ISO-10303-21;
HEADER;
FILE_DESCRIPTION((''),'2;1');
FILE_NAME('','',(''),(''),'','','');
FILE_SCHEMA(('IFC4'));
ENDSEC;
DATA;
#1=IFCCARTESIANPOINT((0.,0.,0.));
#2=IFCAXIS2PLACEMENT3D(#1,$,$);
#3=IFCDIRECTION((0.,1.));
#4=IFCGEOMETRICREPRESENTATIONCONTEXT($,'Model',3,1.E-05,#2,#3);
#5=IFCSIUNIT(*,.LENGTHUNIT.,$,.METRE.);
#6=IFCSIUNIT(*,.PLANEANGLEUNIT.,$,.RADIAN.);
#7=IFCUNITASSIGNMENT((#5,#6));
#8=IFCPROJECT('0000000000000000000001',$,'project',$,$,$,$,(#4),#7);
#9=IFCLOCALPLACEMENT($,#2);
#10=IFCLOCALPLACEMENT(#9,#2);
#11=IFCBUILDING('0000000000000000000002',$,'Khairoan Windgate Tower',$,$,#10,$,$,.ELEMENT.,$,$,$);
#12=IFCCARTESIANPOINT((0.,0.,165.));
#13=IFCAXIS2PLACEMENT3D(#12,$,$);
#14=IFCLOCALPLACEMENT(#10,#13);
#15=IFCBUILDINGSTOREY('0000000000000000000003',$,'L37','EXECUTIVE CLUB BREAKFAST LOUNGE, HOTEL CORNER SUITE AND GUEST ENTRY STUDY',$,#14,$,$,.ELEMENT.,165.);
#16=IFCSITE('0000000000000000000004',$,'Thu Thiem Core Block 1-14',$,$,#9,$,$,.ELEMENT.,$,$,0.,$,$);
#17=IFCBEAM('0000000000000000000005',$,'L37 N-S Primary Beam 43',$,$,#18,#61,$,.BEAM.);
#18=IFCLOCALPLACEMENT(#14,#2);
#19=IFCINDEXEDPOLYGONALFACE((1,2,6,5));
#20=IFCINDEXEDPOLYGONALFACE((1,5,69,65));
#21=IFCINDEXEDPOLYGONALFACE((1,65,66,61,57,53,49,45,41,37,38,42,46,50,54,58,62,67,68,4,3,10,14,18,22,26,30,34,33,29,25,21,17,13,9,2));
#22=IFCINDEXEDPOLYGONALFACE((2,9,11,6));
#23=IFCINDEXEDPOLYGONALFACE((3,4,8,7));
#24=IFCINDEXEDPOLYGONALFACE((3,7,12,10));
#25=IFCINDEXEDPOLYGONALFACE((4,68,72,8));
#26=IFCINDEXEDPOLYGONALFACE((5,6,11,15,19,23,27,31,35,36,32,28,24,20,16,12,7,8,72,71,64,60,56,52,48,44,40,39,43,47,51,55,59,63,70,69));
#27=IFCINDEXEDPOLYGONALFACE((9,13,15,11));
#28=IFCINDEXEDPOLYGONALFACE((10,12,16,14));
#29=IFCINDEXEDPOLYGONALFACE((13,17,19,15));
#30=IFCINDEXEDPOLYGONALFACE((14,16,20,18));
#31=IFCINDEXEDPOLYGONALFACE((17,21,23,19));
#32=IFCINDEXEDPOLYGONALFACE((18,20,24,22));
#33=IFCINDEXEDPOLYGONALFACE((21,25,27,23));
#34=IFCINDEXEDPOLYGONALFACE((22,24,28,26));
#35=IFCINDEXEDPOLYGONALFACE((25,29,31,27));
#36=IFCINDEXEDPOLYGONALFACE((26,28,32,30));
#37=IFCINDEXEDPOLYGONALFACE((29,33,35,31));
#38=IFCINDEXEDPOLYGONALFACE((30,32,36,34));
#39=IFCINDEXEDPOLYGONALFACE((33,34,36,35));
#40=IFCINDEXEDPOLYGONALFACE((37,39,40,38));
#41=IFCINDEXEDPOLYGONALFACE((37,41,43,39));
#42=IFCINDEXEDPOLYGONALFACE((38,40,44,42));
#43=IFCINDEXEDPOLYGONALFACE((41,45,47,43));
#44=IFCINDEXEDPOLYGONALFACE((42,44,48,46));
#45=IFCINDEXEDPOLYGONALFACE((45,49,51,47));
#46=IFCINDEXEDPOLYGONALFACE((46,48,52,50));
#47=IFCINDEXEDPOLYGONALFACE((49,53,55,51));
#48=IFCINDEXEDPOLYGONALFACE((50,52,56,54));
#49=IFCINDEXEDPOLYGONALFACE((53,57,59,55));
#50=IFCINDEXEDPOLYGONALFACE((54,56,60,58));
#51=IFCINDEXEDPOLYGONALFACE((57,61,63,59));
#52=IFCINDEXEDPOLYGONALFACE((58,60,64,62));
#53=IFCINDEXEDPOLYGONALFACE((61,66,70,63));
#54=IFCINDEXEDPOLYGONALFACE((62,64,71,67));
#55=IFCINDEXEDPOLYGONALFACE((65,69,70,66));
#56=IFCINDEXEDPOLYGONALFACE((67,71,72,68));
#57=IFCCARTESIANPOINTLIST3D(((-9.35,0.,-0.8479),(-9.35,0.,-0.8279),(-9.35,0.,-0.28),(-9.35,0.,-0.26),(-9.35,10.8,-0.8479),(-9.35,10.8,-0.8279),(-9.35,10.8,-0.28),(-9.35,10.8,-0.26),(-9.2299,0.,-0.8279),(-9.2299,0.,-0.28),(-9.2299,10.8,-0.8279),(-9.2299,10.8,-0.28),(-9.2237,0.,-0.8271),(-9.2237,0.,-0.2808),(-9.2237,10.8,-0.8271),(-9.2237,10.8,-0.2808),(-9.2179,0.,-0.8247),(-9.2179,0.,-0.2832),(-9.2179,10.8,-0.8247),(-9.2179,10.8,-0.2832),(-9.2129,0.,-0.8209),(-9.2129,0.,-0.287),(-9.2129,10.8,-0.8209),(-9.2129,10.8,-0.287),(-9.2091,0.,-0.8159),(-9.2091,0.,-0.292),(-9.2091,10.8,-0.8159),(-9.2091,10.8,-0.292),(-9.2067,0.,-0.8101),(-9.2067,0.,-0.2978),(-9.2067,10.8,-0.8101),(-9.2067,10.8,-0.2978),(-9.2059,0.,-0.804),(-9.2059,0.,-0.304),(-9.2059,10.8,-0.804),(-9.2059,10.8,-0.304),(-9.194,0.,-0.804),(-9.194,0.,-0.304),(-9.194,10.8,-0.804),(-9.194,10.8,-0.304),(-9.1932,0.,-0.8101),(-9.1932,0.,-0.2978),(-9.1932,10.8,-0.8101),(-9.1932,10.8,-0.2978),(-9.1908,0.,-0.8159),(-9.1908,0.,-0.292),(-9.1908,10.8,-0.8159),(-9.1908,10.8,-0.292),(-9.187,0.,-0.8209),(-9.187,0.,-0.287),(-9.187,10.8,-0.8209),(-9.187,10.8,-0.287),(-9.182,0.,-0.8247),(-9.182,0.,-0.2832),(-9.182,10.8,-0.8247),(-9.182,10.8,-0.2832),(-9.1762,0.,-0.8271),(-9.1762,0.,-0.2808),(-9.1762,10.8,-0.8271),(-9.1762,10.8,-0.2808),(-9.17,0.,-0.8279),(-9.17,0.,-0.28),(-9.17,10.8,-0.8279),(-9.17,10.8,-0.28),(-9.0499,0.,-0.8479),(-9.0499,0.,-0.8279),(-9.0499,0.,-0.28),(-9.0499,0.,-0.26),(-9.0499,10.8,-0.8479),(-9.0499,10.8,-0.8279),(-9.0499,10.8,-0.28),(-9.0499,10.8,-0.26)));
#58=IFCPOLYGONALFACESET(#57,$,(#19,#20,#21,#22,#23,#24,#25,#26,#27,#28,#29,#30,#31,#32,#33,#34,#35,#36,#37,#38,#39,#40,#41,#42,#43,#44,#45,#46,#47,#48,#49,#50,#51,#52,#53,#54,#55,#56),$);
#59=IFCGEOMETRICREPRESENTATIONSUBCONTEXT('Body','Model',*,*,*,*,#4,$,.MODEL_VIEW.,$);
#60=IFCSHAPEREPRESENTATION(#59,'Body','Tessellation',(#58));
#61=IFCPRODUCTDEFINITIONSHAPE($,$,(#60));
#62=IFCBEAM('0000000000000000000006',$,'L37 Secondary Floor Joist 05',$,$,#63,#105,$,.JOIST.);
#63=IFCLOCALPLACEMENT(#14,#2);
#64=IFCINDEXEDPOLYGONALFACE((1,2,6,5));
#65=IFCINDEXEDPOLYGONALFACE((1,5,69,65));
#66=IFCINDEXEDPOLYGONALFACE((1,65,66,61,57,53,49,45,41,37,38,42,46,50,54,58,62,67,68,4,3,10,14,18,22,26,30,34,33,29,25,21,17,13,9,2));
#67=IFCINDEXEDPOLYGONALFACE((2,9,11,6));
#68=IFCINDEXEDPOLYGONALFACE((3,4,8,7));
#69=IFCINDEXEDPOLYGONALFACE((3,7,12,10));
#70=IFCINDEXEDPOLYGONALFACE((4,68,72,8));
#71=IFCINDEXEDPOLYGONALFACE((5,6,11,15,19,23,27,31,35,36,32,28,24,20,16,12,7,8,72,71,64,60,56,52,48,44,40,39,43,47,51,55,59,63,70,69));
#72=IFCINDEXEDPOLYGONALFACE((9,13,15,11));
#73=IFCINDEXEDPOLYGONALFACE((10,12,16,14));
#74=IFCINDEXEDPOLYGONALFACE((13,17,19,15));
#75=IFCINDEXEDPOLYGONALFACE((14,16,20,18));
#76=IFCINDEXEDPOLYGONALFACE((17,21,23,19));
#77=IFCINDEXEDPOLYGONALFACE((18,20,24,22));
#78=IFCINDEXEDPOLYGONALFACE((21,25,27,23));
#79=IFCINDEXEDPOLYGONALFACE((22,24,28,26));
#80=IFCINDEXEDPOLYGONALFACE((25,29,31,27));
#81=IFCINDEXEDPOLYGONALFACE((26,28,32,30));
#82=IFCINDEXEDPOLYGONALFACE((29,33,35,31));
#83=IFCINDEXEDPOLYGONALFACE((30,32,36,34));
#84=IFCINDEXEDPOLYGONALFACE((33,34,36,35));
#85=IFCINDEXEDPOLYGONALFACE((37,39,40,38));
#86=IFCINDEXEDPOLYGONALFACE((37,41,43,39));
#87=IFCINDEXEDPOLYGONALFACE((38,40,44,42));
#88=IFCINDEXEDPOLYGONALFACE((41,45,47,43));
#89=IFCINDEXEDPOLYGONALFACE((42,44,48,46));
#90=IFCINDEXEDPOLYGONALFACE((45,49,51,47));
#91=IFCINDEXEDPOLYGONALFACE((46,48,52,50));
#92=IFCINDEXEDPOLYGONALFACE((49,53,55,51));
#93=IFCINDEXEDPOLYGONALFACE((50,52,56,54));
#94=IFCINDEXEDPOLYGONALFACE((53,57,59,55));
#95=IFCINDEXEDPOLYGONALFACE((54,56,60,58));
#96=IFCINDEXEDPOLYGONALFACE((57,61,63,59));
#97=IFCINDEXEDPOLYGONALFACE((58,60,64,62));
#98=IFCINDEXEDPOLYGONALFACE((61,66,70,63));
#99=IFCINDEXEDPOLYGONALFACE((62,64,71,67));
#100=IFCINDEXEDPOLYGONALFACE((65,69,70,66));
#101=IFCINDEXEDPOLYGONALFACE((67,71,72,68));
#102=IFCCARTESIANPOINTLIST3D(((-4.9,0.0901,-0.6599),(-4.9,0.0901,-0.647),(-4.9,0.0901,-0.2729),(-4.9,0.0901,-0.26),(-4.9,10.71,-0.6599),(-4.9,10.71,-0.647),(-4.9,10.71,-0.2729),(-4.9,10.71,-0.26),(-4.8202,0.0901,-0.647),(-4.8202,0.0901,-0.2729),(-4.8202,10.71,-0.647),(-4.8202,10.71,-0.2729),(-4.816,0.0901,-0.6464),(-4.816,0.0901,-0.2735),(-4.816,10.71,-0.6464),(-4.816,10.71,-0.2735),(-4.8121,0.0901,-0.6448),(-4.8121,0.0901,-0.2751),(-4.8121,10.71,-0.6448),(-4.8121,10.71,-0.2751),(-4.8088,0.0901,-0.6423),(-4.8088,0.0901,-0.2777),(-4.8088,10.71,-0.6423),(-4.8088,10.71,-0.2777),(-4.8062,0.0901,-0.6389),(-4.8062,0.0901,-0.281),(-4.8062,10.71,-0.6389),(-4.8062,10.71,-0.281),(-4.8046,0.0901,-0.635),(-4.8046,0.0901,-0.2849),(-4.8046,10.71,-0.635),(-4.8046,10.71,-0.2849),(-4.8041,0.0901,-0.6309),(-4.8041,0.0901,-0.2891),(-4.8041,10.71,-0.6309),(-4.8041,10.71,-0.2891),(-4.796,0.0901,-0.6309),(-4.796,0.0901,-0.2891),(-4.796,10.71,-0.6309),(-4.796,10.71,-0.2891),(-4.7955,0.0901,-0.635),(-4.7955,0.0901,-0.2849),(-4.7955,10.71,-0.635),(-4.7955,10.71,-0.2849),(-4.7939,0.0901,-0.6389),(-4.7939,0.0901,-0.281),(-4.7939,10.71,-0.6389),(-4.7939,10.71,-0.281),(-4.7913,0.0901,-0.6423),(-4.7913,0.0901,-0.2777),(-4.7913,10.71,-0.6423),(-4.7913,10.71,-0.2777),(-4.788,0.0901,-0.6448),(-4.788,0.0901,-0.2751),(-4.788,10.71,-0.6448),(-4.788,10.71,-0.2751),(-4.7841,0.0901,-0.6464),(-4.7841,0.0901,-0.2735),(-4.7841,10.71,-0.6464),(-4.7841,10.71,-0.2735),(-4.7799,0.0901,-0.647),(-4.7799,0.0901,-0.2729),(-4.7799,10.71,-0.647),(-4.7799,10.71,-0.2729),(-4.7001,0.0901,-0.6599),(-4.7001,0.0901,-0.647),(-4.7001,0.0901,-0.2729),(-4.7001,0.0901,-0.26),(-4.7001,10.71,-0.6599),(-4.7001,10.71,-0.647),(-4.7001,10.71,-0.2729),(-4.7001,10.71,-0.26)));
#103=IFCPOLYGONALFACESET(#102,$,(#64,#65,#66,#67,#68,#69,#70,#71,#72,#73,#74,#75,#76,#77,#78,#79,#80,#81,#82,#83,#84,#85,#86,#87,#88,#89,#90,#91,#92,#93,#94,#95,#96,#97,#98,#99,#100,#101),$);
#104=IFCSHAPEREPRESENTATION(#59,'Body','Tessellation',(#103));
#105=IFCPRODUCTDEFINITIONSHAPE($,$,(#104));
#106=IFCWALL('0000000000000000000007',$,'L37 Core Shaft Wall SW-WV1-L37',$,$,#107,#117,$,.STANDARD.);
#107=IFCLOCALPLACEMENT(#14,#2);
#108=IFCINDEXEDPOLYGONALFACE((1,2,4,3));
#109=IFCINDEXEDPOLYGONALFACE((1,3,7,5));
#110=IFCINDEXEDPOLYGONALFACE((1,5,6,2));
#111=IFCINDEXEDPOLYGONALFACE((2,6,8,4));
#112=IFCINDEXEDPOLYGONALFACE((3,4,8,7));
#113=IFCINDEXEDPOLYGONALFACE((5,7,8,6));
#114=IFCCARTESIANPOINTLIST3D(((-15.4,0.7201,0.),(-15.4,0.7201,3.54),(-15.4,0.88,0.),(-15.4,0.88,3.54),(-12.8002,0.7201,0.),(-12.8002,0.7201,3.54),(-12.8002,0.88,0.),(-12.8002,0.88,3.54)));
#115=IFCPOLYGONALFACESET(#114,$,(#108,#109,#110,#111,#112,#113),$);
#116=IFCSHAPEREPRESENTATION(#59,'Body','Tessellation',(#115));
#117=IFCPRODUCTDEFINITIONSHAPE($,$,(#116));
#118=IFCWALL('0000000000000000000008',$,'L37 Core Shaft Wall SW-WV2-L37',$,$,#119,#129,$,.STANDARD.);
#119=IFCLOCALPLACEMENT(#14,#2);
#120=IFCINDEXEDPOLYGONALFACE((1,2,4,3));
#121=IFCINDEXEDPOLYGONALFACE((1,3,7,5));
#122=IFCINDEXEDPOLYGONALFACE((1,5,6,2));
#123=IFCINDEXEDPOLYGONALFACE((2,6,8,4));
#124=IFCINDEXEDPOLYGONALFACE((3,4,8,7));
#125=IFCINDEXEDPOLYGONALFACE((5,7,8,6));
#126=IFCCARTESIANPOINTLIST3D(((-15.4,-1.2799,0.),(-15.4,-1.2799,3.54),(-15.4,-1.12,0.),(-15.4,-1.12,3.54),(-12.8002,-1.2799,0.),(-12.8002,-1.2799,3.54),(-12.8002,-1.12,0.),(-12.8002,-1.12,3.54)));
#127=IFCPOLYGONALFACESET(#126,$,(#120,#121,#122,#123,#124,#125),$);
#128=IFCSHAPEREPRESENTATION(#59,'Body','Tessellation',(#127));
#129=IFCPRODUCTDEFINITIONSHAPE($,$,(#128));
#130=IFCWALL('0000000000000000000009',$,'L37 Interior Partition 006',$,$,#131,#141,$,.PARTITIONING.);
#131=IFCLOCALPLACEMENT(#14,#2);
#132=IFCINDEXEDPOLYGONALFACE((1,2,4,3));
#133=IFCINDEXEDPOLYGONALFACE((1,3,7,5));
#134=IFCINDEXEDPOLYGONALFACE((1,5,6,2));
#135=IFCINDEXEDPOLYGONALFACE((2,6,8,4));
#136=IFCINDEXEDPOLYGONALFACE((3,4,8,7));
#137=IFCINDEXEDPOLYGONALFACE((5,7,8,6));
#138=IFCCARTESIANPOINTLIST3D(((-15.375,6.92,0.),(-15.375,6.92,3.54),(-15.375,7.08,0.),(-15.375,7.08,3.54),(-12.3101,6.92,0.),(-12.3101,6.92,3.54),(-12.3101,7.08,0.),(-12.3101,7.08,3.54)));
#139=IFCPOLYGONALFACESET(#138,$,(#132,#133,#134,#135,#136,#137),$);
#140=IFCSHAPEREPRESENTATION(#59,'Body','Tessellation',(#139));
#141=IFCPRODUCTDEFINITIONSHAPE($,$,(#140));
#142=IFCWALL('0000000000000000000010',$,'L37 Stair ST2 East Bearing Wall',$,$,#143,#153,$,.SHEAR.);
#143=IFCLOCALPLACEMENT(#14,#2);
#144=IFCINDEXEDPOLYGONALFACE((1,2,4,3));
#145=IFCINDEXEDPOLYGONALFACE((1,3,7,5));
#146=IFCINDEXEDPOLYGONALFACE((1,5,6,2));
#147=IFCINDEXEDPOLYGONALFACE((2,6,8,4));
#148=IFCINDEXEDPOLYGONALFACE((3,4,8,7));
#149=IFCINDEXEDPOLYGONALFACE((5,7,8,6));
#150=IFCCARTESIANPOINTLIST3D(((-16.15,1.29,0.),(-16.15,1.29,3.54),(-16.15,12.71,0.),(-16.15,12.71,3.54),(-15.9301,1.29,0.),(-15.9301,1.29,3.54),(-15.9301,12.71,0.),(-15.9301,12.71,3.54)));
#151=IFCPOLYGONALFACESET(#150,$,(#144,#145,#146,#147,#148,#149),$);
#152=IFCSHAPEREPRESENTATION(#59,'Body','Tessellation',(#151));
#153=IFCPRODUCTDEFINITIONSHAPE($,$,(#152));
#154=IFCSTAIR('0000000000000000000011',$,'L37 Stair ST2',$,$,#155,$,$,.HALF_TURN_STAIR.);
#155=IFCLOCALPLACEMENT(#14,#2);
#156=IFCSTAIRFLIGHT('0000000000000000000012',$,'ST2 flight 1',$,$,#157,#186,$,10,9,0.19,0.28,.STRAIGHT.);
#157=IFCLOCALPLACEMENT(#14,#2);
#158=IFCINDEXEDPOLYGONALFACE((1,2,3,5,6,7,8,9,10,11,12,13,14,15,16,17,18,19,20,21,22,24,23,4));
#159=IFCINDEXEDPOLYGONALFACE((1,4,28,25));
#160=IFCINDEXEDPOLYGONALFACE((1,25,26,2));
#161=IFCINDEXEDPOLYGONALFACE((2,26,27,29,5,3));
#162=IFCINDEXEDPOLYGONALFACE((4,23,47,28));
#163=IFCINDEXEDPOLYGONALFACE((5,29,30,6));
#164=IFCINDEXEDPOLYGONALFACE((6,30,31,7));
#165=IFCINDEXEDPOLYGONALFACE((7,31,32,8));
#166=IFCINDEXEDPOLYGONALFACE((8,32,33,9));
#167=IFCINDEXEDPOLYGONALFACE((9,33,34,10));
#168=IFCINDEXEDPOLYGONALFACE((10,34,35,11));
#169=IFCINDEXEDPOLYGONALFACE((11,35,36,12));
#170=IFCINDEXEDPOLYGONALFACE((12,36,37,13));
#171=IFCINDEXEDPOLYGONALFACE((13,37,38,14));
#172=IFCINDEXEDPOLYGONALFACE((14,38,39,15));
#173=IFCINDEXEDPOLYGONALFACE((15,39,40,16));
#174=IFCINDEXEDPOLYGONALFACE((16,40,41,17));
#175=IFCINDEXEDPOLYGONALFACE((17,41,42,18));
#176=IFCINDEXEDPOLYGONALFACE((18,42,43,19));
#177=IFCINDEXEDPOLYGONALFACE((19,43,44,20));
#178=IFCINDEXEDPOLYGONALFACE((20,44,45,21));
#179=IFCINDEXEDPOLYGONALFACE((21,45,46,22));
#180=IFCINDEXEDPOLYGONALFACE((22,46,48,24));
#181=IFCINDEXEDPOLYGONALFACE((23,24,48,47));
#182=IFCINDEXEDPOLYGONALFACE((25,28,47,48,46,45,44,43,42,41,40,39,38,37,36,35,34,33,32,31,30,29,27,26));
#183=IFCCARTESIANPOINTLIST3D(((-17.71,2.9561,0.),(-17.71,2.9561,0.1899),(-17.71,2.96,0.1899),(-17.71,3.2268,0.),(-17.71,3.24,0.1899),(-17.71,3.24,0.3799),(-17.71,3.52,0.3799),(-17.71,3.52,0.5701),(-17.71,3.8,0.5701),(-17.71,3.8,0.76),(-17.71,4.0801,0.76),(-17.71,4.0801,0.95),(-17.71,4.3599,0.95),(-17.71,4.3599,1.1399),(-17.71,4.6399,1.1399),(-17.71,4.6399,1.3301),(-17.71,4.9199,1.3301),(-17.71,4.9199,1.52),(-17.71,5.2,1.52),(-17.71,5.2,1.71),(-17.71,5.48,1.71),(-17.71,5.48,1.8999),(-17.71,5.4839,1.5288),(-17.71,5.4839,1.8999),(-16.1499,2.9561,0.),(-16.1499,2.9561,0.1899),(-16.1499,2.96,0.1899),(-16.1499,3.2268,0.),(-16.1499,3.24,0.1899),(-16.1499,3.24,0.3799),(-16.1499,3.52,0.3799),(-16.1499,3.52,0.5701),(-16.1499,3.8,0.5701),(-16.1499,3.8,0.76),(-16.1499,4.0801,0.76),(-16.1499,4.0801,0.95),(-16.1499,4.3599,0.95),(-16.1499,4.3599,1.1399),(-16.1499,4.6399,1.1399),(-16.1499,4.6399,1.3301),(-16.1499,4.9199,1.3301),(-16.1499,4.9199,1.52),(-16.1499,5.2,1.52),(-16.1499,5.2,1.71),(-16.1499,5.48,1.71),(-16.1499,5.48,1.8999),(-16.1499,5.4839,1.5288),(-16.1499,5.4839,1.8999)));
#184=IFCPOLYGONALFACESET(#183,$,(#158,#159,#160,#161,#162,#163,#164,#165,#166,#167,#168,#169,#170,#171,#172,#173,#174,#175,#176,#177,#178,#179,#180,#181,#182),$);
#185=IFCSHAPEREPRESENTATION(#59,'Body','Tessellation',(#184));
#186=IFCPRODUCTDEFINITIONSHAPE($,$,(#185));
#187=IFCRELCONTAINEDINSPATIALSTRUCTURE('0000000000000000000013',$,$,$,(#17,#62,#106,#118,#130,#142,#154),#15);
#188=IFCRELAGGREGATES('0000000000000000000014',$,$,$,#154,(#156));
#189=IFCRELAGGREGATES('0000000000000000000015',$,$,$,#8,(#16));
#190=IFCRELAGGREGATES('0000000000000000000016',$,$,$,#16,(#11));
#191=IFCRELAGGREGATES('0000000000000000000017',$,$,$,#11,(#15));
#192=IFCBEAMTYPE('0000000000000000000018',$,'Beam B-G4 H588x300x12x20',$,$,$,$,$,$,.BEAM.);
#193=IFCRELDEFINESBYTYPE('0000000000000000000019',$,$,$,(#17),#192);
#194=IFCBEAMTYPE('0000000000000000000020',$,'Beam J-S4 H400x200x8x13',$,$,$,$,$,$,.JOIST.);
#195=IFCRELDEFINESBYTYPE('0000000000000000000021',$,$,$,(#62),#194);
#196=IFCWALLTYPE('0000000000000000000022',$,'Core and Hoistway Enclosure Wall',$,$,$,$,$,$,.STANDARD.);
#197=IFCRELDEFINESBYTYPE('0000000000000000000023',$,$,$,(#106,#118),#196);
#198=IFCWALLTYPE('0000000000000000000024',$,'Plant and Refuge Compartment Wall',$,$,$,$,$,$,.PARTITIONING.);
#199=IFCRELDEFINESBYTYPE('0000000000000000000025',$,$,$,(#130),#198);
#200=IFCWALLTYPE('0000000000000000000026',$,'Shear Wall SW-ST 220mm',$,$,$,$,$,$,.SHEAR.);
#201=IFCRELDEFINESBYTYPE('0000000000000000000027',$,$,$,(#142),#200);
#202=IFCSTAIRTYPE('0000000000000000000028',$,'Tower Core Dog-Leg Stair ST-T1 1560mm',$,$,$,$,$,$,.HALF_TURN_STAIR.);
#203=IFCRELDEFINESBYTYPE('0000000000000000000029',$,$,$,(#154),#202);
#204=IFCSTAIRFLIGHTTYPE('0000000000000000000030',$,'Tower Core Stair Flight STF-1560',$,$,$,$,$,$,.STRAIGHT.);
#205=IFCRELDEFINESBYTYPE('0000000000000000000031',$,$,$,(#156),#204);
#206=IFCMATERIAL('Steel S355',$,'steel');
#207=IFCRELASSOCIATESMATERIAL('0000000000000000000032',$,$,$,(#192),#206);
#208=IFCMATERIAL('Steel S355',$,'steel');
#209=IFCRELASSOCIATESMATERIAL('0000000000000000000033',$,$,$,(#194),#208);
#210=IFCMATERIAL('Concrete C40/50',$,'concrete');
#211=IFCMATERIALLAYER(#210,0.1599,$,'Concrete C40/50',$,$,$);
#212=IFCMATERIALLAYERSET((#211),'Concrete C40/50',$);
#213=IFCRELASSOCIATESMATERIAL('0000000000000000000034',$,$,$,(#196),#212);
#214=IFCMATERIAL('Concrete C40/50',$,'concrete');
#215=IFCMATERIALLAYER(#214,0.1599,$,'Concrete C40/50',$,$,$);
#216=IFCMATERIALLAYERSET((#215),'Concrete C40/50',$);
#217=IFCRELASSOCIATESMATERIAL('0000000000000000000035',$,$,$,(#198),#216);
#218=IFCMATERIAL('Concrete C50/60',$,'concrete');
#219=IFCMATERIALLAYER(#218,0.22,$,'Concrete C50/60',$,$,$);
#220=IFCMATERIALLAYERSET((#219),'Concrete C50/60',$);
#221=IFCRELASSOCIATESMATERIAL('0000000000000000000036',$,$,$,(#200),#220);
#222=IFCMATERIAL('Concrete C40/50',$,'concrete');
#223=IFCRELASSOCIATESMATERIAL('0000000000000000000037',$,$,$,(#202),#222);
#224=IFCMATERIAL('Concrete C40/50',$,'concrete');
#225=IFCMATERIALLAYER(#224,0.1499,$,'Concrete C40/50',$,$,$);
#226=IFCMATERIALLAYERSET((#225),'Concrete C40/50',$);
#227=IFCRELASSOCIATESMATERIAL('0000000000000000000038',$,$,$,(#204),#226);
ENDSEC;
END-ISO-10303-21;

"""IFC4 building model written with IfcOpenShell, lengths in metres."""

from ifc_helpers import new_model, si_unit, direction, frame, frame_2d, origin, origin_2d, place, context, subcontext, project, spatial, polyline, rectangle, i_section, outline, extrude, material, layer, layer_set, material_profile, profile_set, type_object, element, aggregate, save


model = new_model("IFC4")

# Units and contexts
model_context = context("Model", 3, precision=1e-05, world=origin(), true_north=direction((0.0, 1.0)))
body_context = subcontext(model_context, "Body", "Model", "MODEL_VIEW")
ifc_project = project(units=[si_unit("LENGTHUNIT", "METRE"), si_unit("PLANEANGLEUNIT", "RADIAN")], contexts=[model_context])

# Site, building, storey
site_placement = place(None, origin())
site = spatial("IfcSite", under=ifc_project, at=site_placement, Name="Thu Thiem Core Block 1-14", CompositionType="ELEMENT", RefElevation=0.0)
building_placement = place(site_placement, origin())
building = spatial("IfcBuilding", under=site, at=building_placement, Name="Khairoan Windgate Tower", CompositionType="ELEMENT")
storey_placement = place(building_placement, frame((0.0, 0.0, 165.0)))
storey = spatial("IfcBuildingStorey", under=building, at=storey_placement, Name="L37", Description="EXECUTIVE CLUB BREAKFAST LOUNGE, HOTEL CORNER SUITE AND GUEST ENTRY STUDY", CompositionType="ELEMENT", Elevation=165.0)

# Beams
ifc_material_1 = material(Name="Steel S355", Category="steel")
ifc_material_profile_1 = material_profile(ifc_material_1, i_section(OverallWidth=0.3, OverallDepth=0.5879, WebThickness=0.012, FlangeThickness=0.02, FilletRadius=0.0239, at=origin_2d()))
ifc_profile_set_1 = profile_set([ifc_material_profile_1], Name="Steel S355")
beam_type_1 = type_object("IfcBeamType", Name="Beam B-G4 H588x300x12x20", PredefinedType="BEAM", material=ifc_profile_set_1)
beam_1_placement = place(storey_placement, frame((-9.2, 0.0, -0.554), z_axis=(0.0, 1.0, 0.0), x_axis=(-1.0, 0.0, 0.0)))
element("IfcBeam", 1, at=beam_1_placement, inside=storey, type_object=beam_type_1, Name="L37 N-S Primary Beam 43", PredefinedType="BEAM", context=body_context, shape_type="SweptSolid", body=[
    extrude(i_section(OverallWidth=0.3, OverallDepth=0.5879, WebThickness=0.012, FlangeThickness=0.02, FilletRadius=0.0239, at=origin_2d()), origin(), (0.0, 0.0, 1.0), 10.8),
])
ifc_material_2 = material(Name="Steel S355", Category="steel")
ifc_material_profile_2 = material_profile(ifc_material_2, i_section(OverallWidth=0.2, OverallDepth=0.3999, WebThickness=0.0081, FlangeThickness=0.0129, FilletRadius=0.0161, at=origin_2d()))
ifc_profile_set_2 = profile_set([ifc_material_profile_2], Name="Steel S355")
beam_type_2 = type_object("IfcBeamType", Name="Beam J-S4 H400x200x8x13", PredefinedType="JOIST", material=ifc_profile_set_2)
beam_2_placement = place(storey_placement, frame((-4.8, 0.0901, -0.46), z_axis=(0.0, 1.0, 0.0), x_axis=(-1.0, 0.0, 0.0)))
element("IfcBeam", 2, at=beam_2_placement, inside=storey, type_object=beam_type_2, Name="L37 Secondary Floor Joist 05", PredefinedType="JOIST", context=body_context, shape_type="SweptSolid", body=[
    extrude(i_section(OverallWidth=0.2, OverallDepth=0.3999, WebThickness=0.0081, FlangeThickness=0.0129, FilletRadius=0.0161, at=origin_2d()), origin(), (0.0, 0.0, 1.0), 10.6199),
])

# Walls
ifc_material_3 = material(Name="Concrete C40/50", Category="concrete")
ifc_layer_1 = layer(ifc_material_3, 0.1599, Name="Concrete C40/50")
ifc_layer_set_1 = layer_set([ifc_layer_1], Name="Concrete C40/50")
wall_type_1 = type_object("IfcWallType", Name="Core and Hoistway Enclosure Wall", PredefinedType="STANDARD", material=ifc_layer_set_1)
for number, where, z_axis, x_axis, name in (
    (3, (-15.3999, 0.8, 0.0), (0.0, 0.0, 1.0), (1.0, 0.0, 0.0), "L37 Core Shaft Wall SW-WV1-L37"),
    (4, (-15.3999, -1.2, 0.0), (0.0, 0.0, 1.0), (1.0, 0.0, 0.0), "L37 Core Shaft Wall SW-WV2-L37"),
):
    element("IfcWall", number, at=place(storey_placement, frame(where, z_axis=z_axis, x_axis=x_axis)), inside=storey, type_object=wall_type_1, Name=name, PredefinedType="STANDARD", context=body_context, shape_type="SweptSolid", body=[
        extrude(rectangle(XDim=2.5999, YDim=0.1599, at=frame_2d((1.2998, 0.0))), origin(), (0.0, 0.0, 1.0), 3.54),
    ])
ifc_material_4 = material(Name="Concrete C40/50", Category="concrete")
ifc_layer_2 = layer(ifc_material_4, 0.1599, Name="Concrete C40/50")
ifc_layer_set_2 = layer_set([ifc_layer_2], Name="Concrete C40/50")
wall_type_2 = type_object("IfcWallType", Name="Plant and Refuge Compartment Wall", PredefinedType="PARTITIONING", material=ifc_layer_set_2)
wall_1_placement = place(storey_placement, frame((-15.375, 7.0, 0.0), z_axis=(0.0, 0.0, 1.0), x_axis=(1.0, 0.0, 0.0)))
element("IfcWall", 5, at=wall_1_placement, inside=storey, type_object=wall_type_2, Name="L37 Interior Partition 006", PredefinedType="PARTITIONING", context=body_context, shape_type="SweptSolid", body=[
    extrude(rectangle(XDim=3.0649, YDim=0.1599, at=frame_2d((1.5325, 0.0))), origin(), (0.0, 0.0, 1.0), 3.54),
])
ifc_material_5 = material(Name="Concrete C50/60", Category="concrete")
ifc_layer_3 = layer(ifc_material_5, 0.22, Name="Concrete C50/60")
ifc_layer_set_3 = layer_set([ifc_layer_3], Name="Concrete C50/60")
wall_type_3 = type_object("IfcWallType", Name="Shear Wall SW-ST 220mm", PredefinedType="SHEAR", material=ifc_layer_set_3)
wall_2_placement = place(storey_placement, frame((-16.04, 1.29, 0.0), z_axis=(0.0, 0.0, 1.0), x_axis=(0.0, 1.0, 0.0)))
element("IfcWall", 6, at=wall_2_placement, inside=storey, type_object=wall_type_3, Name="L37 Stair ST2 East Bearing Wall", PredefinedType="SHEAR", context=body_context, shape_type="SweptSolid", body=[
    extrude(rectangle(XDim=11.4199, YDim=0.22, at=frame_2d((5.71, 0.0))), origin(), (0.0, 0.0, 1.0), 3.54),
])

# Stair, stair flight
ifc_material_6 = material(Name="Concrete C40/50", Category="concrete")
stair_type = type_object("IfcStairType", Name="Tower Core Dog-Leg Stair ST-T1 1560mm", PredefinedType="HALF_TURN_STAIR", material=ifc_material_6)
stair_placement = place(storey_placement, origin())
stair = element("IfcStair", 7, at=stair_placement, inside=storey, type_object=stair_type, Name="L37 Stair ST2", PredefinedType="HALF_TURN_STAIR")
ifc_material_7 = material(Name="Concrete C40/50", Category="concrete")
ifc_layer_4 = layer(ifc_material_7, 0.1499, Name="Concrete C40/50")
ifc_layer_set_4 = layer_set([ifc_layer_4], Name="Concrete C40/50")
stair_flight_type = type_object("IfcStairFlightType", Name="Tower Core Stair Flight STF-1560", PredefinedType="STRAIGHT", material=ifc_layer_set_4)
stair_flight_placement = place(storey_placement, frame((-16.9299, 2.96, 0.0), z_axis=(0.0, 0.0, 1.0), x_axis=(0.0, 1.0, 0.0)))
stair_flight = element("IfcStairFlight", 8, at=stair_flight_placement, type_object=stair_flight_type, Name="ST2 flight 1", NumberOfRisers=10, NumberOfTreads=9, PredefinedType="STRAIGHT", RiserHeight=0.19, TreadLength=0.28, context=body_context, shape_type="SweptSolid", body=[
    extrude(outline(polyline([(-0.0039, 0.0), (-0.0039, 0.1899), (0.0, 0.1899), (0.28, 0.1899), (0.28, 0.3799), (0.5601, 0.3799), (0.5601, 0.5701), (0.8401, 0.5701), (0.8401, 0.76), (1.1201, 0.76), (1.1201, 0.95), (1.3999, 0.95), (1.3999, 1.1399), (1.6799, 1.1399), (1.6799, 1.3301), (1.96, 1.3301), (1.96, 1.52), (2.24, 1.52), (2.24, 1.71), (2.52, 1.71), (2.52, 1.8999), (2.5239, 1.8999), (2.5239, 1.5288), (0.2668, 0.0), (-0.0039, 0.0)])), frame((0.0, 0.78, 0.0), z_axis=(0.0, -1.0, 0.0), x_axis=(1.0, 0.0, 0.0)), (0.0, 0.0, 1.0), 1.5601),
])
aggregate(stair, [stair_flight])

save(model, "model.ifc")
